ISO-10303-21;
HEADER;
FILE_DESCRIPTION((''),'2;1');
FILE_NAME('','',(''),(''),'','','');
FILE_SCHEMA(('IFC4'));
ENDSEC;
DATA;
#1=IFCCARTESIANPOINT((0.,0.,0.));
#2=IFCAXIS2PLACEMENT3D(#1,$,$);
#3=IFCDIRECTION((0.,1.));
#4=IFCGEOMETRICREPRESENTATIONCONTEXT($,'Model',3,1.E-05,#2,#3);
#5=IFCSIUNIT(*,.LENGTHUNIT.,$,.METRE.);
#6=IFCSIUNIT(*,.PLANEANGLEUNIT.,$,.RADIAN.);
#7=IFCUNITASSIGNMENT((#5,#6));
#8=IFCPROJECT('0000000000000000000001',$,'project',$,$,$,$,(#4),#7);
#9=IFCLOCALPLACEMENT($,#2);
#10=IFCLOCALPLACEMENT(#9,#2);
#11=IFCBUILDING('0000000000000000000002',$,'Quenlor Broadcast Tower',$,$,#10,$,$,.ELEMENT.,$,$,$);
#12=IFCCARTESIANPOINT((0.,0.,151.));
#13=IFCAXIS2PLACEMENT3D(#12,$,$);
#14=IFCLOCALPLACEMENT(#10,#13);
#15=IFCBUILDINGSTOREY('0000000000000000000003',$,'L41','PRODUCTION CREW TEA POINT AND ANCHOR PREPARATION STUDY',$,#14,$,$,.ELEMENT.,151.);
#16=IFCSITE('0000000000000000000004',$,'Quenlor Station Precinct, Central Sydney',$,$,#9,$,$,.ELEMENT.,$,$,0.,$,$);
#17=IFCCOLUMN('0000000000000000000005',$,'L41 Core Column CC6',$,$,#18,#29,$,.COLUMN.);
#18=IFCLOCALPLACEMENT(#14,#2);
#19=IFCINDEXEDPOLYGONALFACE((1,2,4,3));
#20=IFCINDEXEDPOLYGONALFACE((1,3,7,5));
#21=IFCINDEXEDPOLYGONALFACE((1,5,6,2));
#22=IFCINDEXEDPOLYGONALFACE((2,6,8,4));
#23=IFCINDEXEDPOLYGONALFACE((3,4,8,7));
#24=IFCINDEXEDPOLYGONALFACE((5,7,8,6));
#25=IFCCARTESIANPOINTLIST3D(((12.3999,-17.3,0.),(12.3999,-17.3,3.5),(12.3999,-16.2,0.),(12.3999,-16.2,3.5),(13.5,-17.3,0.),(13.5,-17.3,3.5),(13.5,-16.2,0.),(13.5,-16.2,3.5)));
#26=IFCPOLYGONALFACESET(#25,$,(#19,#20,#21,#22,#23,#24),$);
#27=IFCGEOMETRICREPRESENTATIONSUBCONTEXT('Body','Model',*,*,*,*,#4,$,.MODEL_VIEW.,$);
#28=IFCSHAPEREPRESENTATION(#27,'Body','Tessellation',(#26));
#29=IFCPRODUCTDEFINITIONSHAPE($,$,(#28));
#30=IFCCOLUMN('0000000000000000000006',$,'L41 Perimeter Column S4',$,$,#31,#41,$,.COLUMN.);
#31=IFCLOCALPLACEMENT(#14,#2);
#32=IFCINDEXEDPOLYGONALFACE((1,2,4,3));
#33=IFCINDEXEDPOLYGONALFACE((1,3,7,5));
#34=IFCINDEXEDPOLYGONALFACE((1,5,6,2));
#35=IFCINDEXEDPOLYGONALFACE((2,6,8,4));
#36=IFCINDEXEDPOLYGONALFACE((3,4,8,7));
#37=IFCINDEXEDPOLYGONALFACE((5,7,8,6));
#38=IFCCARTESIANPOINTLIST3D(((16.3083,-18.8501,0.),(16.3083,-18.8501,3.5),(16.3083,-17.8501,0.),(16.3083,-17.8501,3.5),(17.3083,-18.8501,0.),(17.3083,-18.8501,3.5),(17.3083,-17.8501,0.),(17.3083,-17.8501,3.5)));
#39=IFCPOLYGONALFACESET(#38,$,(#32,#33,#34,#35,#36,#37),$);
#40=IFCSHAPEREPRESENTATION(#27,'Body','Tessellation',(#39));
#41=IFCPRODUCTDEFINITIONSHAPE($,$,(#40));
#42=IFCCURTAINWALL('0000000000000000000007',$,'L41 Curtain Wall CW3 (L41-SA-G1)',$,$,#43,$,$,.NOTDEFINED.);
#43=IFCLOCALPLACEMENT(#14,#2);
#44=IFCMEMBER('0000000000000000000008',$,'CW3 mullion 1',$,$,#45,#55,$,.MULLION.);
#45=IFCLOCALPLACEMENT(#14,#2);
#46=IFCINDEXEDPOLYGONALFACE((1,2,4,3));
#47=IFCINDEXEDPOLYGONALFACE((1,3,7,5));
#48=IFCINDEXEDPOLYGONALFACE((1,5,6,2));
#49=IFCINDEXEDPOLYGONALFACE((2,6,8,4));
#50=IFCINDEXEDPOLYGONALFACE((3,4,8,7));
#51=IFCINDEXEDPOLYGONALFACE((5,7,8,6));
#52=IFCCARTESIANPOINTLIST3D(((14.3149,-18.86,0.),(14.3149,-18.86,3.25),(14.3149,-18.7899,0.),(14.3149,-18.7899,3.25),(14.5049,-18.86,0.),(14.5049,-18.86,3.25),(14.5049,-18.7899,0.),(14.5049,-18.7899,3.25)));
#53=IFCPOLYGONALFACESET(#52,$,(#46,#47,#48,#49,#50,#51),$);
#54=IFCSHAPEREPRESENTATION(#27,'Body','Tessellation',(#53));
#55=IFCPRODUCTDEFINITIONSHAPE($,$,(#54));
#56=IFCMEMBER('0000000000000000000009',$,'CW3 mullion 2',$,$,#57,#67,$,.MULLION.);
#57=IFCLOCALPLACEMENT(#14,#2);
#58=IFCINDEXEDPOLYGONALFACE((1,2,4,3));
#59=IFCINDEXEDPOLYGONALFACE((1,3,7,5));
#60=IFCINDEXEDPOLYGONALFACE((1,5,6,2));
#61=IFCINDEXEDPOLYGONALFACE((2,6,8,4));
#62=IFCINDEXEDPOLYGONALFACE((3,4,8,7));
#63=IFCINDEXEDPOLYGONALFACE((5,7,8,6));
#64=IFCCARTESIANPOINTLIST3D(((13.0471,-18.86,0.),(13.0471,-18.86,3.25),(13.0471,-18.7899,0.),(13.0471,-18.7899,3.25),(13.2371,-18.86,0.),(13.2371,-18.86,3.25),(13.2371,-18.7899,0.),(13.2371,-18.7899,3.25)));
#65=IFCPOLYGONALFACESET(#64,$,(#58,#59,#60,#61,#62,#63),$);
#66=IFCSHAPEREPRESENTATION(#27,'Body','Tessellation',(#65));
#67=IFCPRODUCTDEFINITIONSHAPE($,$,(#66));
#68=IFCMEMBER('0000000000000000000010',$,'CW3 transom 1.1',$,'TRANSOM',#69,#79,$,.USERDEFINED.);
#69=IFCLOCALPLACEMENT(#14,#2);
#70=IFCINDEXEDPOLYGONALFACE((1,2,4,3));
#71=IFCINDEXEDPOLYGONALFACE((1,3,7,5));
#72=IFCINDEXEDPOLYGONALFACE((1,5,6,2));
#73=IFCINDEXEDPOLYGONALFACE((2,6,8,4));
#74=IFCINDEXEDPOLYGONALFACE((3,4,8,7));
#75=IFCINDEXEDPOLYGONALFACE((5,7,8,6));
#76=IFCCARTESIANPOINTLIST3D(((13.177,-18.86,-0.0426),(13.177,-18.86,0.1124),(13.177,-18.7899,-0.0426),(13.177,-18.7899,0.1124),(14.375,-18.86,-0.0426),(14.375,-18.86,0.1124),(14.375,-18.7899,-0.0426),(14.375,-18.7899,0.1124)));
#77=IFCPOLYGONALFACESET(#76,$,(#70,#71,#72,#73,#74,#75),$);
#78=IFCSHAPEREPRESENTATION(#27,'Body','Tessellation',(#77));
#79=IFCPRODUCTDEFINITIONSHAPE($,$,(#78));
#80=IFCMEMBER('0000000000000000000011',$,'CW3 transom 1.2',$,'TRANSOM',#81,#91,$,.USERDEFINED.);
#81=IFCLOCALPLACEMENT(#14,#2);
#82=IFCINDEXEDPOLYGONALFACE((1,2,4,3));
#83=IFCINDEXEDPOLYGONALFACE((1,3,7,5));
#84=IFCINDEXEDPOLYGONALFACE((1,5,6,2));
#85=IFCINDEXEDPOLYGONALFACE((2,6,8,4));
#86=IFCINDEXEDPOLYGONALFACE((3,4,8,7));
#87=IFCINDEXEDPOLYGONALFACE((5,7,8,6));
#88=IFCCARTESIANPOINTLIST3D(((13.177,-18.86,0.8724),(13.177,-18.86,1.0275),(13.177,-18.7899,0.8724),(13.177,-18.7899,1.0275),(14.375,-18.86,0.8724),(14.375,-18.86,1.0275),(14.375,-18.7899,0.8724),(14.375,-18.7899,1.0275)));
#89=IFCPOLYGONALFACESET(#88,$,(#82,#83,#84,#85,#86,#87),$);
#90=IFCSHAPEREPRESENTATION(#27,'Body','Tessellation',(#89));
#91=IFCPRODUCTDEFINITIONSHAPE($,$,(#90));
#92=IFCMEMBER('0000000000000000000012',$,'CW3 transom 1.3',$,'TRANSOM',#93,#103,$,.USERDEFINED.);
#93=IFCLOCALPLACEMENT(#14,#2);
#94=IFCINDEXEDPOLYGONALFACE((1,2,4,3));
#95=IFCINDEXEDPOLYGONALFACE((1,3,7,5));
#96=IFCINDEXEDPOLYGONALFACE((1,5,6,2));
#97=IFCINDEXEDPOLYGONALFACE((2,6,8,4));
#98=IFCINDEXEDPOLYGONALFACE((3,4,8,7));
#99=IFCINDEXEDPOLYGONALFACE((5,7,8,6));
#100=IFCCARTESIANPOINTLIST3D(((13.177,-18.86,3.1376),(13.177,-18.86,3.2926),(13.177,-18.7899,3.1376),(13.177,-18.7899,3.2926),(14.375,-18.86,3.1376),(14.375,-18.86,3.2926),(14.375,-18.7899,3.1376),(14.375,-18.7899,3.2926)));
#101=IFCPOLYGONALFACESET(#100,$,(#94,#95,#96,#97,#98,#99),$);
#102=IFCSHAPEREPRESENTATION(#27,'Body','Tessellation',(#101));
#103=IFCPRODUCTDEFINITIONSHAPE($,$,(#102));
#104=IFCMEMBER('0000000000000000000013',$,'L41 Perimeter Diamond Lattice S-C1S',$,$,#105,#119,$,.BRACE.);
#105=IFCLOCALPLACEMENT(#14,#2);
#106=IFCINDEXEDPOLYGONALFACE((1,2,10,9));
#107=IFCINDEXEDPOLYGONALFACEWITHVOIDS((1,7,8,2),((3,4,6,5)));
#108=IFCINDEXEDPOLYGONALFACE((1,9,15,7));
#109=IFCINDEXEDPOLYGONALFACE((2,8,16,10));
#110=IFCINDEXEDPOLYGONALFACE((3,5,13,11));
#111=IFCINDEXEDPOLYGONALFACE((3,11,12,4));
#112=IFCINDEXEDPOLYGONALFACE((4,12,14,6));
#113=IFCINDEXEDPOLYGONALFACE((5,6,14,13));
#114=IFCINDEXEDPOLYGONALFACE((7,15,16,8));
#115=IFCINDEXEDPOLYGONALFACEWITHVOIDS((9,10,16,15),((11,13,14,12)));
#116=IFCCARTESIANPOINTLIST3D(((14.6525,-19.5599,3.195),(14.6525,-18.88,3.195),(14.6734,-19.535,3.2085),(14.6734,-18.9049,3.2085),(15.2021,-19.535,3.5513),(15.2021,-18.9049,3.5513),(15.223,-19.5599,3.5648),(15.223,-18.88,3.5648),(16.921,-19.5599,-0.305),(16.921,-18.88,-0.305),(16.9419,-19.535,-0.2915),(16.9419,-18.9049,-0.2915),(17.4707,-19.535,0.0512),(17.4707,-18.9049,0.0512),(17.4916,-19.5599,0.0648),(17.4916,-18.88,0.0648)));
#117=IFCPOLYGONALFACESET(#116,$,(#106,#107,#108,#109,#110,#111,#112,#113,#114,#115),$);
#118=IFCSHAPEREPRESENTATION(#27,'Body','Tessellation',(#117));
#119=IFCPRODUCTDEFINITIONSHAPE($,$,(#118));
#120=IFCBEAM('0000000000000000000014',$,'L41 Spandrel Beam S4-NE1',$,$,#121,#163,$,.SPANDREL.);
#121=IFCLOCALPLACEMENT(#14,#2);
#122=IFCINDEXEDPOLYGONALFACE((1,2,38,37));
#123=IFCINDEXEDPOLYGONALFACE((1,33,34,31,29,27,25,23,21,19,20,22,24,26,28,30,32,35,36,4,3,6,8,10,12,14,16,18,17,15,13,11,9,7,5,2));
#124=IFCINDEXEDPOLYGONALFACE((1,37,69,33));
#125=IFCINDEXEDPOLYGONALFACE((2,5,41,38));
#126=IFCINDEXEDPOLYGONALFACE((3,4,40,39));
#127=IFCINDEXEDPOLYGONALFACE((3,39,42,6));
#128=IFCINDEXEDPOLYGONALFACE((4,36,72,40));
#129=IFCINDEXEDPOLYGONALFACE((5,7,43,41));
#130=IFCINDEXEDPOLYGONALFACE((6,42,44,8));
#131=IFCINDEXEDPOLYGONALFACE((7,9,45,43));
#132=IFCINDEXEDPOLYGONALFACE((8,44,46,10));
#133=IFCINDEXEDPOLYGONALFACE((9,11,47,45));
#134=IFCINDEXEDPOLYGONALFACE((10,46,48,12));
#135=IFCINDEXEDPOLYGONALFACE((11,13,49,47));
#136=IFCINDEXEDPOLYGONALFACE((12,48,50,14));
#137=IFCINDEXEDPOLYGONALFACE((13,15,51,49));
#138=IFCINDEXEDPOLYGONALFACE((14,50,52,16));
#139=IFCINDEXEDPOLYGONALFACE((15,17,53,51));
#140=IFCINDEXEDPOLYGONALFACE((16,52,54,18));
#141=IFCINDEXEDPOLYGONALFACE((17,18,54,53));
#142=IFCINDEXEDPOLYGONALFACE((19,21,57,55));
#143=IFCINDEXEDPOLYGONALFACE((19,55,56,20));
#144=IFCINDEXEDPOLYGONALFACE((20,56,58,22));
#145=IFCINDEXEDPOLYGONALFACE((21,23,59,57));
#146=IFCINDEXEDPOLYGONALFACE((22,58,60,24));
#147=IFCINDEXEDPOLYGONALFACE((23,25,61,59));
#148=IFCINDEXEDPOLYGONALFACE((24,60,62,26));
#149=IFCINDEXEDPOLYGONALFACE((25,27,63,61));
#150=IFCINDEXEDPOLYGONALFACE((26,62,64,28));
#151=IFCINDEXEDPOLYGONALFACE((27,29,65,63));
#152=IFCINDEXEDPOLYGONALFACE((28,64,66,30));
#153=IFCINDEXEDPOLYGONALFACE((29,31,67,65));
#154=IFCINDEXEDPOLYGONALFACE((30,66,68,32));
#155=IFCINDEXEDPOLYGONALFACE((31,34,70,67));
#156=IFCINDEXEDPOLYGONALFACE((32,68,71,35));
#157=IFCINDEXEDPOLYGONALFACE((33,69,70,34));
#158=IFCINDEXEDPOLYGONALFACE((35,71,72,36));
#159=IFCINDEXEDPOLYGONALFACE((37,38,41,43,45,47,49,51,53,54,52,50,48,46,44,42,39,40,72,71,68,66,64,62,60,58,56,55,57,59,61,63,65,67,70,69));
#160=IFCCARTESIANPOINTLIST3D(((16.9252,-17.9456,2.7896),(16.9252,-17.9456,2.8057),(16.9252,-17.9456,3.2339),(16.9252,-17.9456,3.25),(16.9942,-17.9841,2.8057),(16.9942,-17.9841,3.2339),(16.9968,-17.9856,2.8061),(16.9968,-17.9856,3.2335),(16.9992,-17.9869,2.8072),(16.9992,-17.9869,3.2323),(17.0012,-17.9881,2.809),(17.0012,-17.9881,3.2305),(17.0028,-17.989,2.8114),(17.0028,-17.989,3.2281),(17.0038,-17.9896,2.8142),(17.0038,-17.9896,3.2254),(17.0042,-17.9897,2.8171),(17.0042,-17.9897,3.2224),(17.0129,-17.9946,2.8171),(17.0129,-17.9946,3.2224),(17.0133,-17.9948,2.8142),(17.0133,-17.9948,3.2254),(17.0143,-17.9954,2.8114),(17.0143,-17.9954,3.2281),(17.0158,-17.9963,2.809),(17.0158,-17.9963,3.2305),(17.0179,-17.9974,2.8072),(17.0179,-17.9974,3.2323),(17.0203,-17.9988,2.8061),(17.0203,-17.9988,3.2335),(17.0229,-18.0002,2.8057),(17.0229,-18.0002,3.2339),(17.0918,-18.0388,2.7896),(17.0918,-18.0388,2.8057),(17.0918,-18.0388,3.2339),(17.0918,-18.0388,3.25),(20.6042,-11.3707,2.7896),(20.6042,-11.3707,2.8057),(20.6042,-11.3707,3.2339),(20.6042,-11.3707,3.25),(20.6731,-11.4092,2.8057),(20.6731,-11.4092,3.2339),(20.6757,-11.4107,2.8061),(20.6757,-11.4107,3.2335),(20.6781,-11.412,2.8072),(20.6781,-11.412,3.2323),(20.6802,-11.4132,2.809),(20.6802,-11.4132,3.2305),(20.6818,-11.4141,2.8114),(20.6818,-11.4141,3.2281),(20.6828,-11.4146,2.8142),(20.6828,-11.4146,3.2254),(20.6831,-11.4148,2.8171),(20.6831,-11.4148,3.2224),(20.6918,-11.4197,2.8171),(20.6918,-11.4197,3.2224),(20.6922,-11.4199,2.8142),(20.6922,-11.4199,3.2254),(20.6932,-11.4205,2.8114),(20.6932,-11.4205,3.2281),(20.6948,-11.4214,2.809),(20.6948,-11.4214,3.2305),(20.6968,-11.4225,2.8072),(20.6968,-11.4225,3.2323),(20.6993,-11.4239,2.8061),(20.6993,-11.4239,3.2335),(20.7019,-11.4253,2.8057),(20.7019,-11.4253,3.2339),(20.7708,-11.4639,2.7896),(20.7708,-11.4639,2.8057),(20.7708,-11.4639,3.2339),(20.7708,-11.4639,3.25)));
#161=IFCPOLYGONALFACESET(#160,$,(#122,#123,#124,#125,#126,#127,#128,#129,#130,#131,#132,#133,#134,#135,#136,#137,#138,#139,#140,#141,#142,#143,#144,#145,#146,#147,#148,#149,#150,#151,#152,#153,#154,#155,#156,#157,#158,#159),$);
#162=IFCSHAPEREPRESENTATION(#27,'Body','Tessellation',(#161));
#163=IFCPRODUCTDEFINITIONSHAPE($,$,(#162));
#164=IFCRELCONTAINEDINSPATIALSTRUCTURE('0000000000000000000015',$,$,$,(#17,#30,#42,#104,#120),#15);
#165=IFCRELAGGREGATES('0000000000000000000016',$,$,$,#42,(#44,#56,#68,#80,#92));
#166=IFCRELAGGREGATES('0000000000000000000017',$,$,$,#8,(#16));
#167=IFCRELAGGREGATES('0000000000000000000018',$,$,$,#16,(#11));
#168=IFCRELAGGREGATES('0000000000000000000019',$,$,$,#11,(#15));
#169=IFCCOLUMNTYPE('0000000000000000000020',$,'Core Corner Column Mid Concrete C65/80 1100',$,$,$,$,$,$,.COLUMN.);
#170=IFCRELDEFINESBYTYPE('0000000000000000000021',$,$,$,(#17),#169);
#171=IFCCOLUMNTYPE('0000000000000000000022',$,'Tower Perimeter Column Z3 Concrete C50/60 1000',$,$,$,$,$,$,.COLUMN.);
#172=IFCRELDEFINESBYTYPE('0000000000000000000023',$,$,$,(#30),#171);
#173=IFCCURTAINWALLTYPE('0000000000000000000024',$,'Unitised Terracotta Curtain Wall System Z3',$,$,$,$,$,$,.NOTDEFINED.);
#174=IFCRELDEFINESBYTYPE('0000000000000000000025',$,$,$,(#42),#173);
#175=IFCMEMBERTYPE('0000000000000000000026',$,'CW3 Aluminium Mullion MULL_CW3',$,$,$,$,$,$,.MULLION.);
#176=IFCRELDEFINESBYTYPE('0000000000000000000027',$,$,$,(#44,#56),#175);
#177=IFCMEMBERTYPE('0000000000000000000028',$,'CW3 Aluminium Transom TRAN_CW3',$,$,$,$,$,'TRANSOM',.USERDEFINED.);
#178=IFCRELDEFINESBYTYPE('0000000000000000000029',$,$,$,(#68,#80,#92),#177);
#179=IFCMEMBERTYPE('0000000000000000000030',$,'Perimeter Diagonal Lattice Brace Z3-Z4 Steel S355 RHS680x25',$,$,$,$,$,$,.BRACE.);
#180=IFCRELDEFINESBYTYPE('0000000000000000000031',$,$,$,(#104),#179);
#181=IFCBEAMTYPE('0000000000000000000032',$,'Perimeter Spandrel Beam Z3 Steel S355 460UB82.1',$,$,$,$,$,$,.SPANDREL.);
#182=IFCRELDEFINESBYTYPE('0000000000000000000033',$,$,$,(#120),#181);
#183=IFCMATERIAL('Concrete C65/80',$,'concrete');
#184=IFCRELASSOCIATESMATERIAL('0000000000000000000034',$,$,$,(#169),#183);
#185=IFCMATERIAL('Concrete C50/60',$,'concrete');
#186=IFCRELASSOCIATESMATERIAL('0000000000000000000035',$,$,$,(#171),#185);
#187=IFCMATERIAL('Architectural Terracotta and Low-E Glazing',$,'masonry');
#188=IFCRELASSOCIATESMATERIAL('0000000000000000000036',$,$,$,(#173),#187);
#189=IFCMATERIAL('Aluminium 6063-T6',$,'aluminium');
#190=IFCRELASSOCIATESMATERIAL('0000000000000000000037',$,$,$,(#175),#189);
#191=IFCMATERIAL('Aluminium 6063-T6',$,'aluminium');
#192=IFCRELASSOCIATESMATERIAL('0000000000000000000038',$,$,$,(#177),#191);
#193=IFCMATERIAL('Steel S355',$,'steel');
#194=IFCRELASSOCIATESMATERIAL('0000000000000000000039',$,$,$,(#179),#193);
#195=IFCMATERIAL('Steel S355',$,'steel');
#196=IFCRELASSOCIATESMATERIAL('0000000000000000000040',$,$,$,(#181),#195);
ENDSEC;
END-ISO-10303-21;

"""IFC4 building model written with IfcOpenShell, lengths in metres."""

from ifc_helpers import new_model, si_unit, direction, frame, origin, origin_2d, place, context, subcontext, project, spatial, rectangle, hollow_rectangle, i_section, extrude, material, material_profile, profile_set, type_object, element, aggregate, save


model = new_model("IFC4")

# Units and contexts
model_context = context("Model", 3, precision=1e-05, world=origin(), true_north=direction((0.0, 1.0)))
body_context = subcontext(model_context, "Body", "Model", "MODEL_VIEW")
ifc_project = project(units=[si_unit("LENGTHUNIT", "METRE"), si_unit("PLANEANGLEUNIT", "RADIAN")], contexts=[model_context])

# Site, building, storey
site_placement = place(None, origin())
site = spatial("IfcSite", under=ifc_project, at=site_placement, Name="Quenlor Station Precinct, Central Sydney", CompositionType="ELEMENT", RefElevation=0.0)
building_placement = place(site_placement, origin())
building = spatial("IfcBuilding", under=site, at=building_placement, Name="Quenlor Broadcast Tower", CompositionType="ELEMENT")
storey_placement = place(building_placement, frame((0.0, 0.0, 151.0)))
storey = spatial("IfcBuildingStorey", under=building, at=storey_placement, Name="L41", Description="PRODUCTION CREW TEA POINT AND ANCHOR PREPARATION STUDY", CompositionType="ELEMENT", Elevation=151.0)

# Columns
ifc_material_1 = material(Name="Concrete C65/80", Category="concrete")
ifc_material_profile_1 = material_profile(ifc_material_1, rectangle(XDim=1.1001, YDim=1.1001, at=origin_2d()))
ifc_profile_set_1 = profile_set([ifc_material_profile_1], Name="Concrete C65/80 RC1100x1100")
column_type_1 = type_object("IfcColumnType", Name="Core Corner Column Mid Concrete C65/80 1100", PredefinedType="COLUMN", material=ifc_profile_set_1)
column_1_placement = place(storey_placement, frame((12.95, -16.75, 0.0), z_axis=(0.0, 0.0, 1.0), x_axis=(1.0, 0.0, 0.0)))
element("IfcColumn", 1, at=column_1_placement, inside=storey, type_object=column_type_1, Name="L41 Core Column CC6", PredefinedType="COLUMN", context=body_context, shape_type="SweptSolid", body=[
    extrude(rectangle(XDim=1.1001, YDim=1.1001, at=origin_2d()), origin(), (0.0, 0.0, 1.0), 3.5),
])
ifc_material_2 = material(Name="Concrete C50/60", Category="concrete")
ifc_material_profile_2 = material_profile(ifc_material_2, rectangle(XDim=1.0, YDim=1.0, at=origin_2d()))
ifc_profile_set_2 = profile_set([ifc_material_profile_2], Name="Concrete C50/60 RC1000x1000")
column_type_2 = type_object("IfcColumnType", Name="Tower Perimeter Column Z3 Concrete C50/60 1000", PredefinedType="COLUMN", material=ifc_profile_set_2)
column_2_placement = place(storey_placement, frame((16.8083, -18.3501, 0.0), z_axis=(0.0, 0.0, 1.0), x_axis=(0.0, 1.0, 0.0)))
element("IfcColumn", 2, at=column_2_placement, inside=storey, type_object=column_type_2, Name="L41 Perimeter Column S4", PredefinedType="COLUMN", context=body_context, shape_type="SweptSolid", body=[
    extrude(rectangle(XDim=1.0, YDim=1.0, at=origin_2d()), origin(), (0.0, 0.0, 1.0), 3.5),
])

# Curtain wall, members
ifc_material_3 = material(Name="Architectural Terracotta and Low-E Glazing", Category="masonry")
curtain_wall_type = type_object("IfcCurtainWallType", Name="Unitised Terracotta Curtain Wall System Z3", PredefinedType="NOTDEFINED", material=ifc_material_3)
curtain_wall_placement = place(storey_placement, origin())
curtain_wall = element("IfcCurtainWall", 3, at=curtain_wall_placement, inside=storey, type_object=curtain_wall_type, Name="L41 Curtain Wall CW3 (L41-SA-G1)", PredefinedType="NOTDEFINED")
ifc_material_4 = material(Name="Aluminium 6063-T6", Category="aluminium")
ifc_material_profile_3 = material_profile(ifc_material_4, rectangle(XDim=0.0701, YDim=0.1899, at=origin_2d()))
ifc_profile_set_3 = profile_set([ifc_material_profile_3], Name="Aluminium 6063-T6 MULL70x190")
member_type_1 = type_object("IfcMemberType", Name="CW3 Aluminium Mullion MULL_CW3", PredefinedType="MULLION", material=ifc_profile_set_3)
member_1_placement = place(storey_placement, frame((14.4099, -18.825, 0.0), z_axis=(0.0, 0.0, 1.0), x_axis=(0.0, -1.0, 0.0)))
member_1 = element("IfcMember", 4, at=member_1_placement, type_object=member_type_1, Name="CW3 mullion 1", PredefinedType="MULLION", context=body_context, shape_type="SweptSolid", body=[
    extrude(rectangle(XDim=0.0701, YDim=0.1899, at=origin_2d()), origin(), (0.0, 0.0, 1.0), 3.25),
])
member_2_placement = place(storey_placement, frame((13.1421, -18.825, 0.0), z_axis=(0.0, 0.0, 1.0), x_axis=(0.0, -1.0, 0.0)))
member_2 = element("IfcMember", 5, at=member_2_placement, type_object=member_type_1, Name="CW3 mullion 2", PredefinedType="MULLION", context=body_context, shape_type="SweptSolid", body=[
    extrude(rectangle(XDim=0.0701, YDim=0.1899, at=origin_2d()), origin(), (0.0, 0.0, 1.0), 3.25),
])
ifc_material_5 = material(Name="Aluminium 6063-T6", Category="aluminium")
ifc_material_profile_4 = material_profile(ifc_material_5, rectangle(XDim=0.0701, YDim=0.155, at=origin_2d()))
ifc_profile_set_4 = profile_set([ifc_material_profile_4], Name="Aluminium 6063-T6 TRAN70x155")
member_type_2 = type_object("IfcMemberType", Name="CW3 Aluminium Transom TRAN_CW3", ElementType="TRANSOM", PredefinedType="USERDEFINED", material=ifc_profile_set_4)
member_3_placement = place(storey_placement, frame((14.375, -18.825, 0.0349), z_axis=(-1.0, 0.0, 0.0), x_axis=(0.0, -1.0, 0.0)))
member_3 = element("IfcMember", 6, at=member_3_placement, type_object=member_type_2, Name="CW3 transom 1.1", ObjectType="TRANSOM", PredefinedType="USERDEFINED", context=body_context, shape_type="SweptSolid", body=[
    extrude(rectangle(XDim=0.0701, YDim=0.155, at=origin_2d()), origin(), (0.0, 0.0, 1.0), 1.198),
])
member_4_placement = place(storey_placement, frame((14.375, -18.825, 0.95), z_axis=(-1.0, 0.0, 0.0), x_axis=(0.0, -1.0, 0.0)))
member_4 = element("IfcMember", 7, at=member_4_placement, type_object=member_type_2, Name="CW3 transom 1.2", ObjectType="TRANSOM", PredefinedType="USERDEFINED", context=body_context, shape_type="SweptSolid", body=[
    extrude(rectangle(XDim=0.0701, YDim=0.155, at=origin_2d()), origin(), (0.0, 0.0, 1.0), 1.198),
])
member_5_placement = place(storey_placement, frame((14.375, -18.825, 3.2151), z_axis=(-1.0, 0.0, 0.0), x_axis=(0.0, -1.0, 0.0)))
member_5 = element("IfcMember", 8, at=member_5_placement, type_object=member_type_2, Name="CW3 transom 1.3", ObjectType="TRANSOM", PredefinedType="USERDEFINED", context=body_context, shape_type="SweptSolid", body=[
    extrude(rectangle(XDim=0.0701, YDim=0.155, at=origin_2d()), origin(), (0.0, 0.0, 1.0), 1.198),
])

# Member
ifc_material_6 = material(Name="Steel S355", Category="steel")
ifc_material_profile_5 = material_profile(ifc_material_6, hollow_rectangle(XDim=0.6799, YDim=0.6799, WallThickness=0.0249, at=origin_2d()))
ifc_profile_set_5 = profile_set([ifc_material_profile_5], Name="Steel S355 RHS680x680x25")
member_type_3 = type_object("IfcMemberType", Name="Perimeter Diagonal Lattice Brace Z3-Z4 Steel S355 RHS680x25", PredefinedType="BRACE", material=ifc_profile_set_5)
member_6_placement = place(storey_placement, frame((17.2063, -19.22, -0.1201), z_axis=(-0.543902, 0.0, 0.839149), x_axis=(0.0, -1.0, 0.0)))
element("IfcMember", 9, at=member_6_placement, inside=storey, type_object=member_type_3, Name="L41 Perimeter Diamond Lattice S-C1S", PredefinedType="BRACE", context=body_context, shape_type="SweptSolid", body=[
    extrude(hollow_rectangle(XDim=0.6799, YDim=0.6799, WallThickness=0.0249, at=origin_2d()), origin(), (0.0, 0.0, 1.0), 4.1709),
])

# Beam
ifc_material_7 = material(Name="Steel S355", Category="steel")
ifc_material_profile_6 = material_profile(ifc_material_7, i_section(OverallWidth=0.1909, OverallDepth=0.4604, WebThickness=0.01, FlangeThickness=0.0161, FilletRadius=0.0115, at=origin_2d()))
ifc_profile_set_6 = profile_set([ifc_material_profile_6], Name="Steel S355 460UB82.1")
beam_type_1 = type_object("IfcBeamType", Name="Perimeter Spandrel Beam Z3 Steel S355 460UB82.1", PredefinedType="SPANDREL", material=ifc_profile_set_6)
beam_1_placement = place(storey_placement, frame((17.0085, -17.9922, 3.0198), z_axis=(0.488298, 0.872677, 0.0), x_axis=(-0.872677, 0.488298, 0.0)))
element("IfcBeam", 10, at=beam_1_placement, inside=storey, type_object=beam_type_1, Name="L41 Spandrel Beam S4-NE1", PredefinedType="SPANDREL", context=body_context, shape_type="SweptSolid", body=[
    extrude(i_section(OverallWidth=0.1909, OverallDepth=0.4604, WebThickness=0.01, FlangeThickness=0.0161, FilletRadius=0.0115, at=origin_2d()), origin(), (0.0, 0.0, 1.0), 7.5342),
])

aggregate(curtain_wall, [member_1, member_2, member_3, member_4, member_5])

save(model, "model.ifc")
